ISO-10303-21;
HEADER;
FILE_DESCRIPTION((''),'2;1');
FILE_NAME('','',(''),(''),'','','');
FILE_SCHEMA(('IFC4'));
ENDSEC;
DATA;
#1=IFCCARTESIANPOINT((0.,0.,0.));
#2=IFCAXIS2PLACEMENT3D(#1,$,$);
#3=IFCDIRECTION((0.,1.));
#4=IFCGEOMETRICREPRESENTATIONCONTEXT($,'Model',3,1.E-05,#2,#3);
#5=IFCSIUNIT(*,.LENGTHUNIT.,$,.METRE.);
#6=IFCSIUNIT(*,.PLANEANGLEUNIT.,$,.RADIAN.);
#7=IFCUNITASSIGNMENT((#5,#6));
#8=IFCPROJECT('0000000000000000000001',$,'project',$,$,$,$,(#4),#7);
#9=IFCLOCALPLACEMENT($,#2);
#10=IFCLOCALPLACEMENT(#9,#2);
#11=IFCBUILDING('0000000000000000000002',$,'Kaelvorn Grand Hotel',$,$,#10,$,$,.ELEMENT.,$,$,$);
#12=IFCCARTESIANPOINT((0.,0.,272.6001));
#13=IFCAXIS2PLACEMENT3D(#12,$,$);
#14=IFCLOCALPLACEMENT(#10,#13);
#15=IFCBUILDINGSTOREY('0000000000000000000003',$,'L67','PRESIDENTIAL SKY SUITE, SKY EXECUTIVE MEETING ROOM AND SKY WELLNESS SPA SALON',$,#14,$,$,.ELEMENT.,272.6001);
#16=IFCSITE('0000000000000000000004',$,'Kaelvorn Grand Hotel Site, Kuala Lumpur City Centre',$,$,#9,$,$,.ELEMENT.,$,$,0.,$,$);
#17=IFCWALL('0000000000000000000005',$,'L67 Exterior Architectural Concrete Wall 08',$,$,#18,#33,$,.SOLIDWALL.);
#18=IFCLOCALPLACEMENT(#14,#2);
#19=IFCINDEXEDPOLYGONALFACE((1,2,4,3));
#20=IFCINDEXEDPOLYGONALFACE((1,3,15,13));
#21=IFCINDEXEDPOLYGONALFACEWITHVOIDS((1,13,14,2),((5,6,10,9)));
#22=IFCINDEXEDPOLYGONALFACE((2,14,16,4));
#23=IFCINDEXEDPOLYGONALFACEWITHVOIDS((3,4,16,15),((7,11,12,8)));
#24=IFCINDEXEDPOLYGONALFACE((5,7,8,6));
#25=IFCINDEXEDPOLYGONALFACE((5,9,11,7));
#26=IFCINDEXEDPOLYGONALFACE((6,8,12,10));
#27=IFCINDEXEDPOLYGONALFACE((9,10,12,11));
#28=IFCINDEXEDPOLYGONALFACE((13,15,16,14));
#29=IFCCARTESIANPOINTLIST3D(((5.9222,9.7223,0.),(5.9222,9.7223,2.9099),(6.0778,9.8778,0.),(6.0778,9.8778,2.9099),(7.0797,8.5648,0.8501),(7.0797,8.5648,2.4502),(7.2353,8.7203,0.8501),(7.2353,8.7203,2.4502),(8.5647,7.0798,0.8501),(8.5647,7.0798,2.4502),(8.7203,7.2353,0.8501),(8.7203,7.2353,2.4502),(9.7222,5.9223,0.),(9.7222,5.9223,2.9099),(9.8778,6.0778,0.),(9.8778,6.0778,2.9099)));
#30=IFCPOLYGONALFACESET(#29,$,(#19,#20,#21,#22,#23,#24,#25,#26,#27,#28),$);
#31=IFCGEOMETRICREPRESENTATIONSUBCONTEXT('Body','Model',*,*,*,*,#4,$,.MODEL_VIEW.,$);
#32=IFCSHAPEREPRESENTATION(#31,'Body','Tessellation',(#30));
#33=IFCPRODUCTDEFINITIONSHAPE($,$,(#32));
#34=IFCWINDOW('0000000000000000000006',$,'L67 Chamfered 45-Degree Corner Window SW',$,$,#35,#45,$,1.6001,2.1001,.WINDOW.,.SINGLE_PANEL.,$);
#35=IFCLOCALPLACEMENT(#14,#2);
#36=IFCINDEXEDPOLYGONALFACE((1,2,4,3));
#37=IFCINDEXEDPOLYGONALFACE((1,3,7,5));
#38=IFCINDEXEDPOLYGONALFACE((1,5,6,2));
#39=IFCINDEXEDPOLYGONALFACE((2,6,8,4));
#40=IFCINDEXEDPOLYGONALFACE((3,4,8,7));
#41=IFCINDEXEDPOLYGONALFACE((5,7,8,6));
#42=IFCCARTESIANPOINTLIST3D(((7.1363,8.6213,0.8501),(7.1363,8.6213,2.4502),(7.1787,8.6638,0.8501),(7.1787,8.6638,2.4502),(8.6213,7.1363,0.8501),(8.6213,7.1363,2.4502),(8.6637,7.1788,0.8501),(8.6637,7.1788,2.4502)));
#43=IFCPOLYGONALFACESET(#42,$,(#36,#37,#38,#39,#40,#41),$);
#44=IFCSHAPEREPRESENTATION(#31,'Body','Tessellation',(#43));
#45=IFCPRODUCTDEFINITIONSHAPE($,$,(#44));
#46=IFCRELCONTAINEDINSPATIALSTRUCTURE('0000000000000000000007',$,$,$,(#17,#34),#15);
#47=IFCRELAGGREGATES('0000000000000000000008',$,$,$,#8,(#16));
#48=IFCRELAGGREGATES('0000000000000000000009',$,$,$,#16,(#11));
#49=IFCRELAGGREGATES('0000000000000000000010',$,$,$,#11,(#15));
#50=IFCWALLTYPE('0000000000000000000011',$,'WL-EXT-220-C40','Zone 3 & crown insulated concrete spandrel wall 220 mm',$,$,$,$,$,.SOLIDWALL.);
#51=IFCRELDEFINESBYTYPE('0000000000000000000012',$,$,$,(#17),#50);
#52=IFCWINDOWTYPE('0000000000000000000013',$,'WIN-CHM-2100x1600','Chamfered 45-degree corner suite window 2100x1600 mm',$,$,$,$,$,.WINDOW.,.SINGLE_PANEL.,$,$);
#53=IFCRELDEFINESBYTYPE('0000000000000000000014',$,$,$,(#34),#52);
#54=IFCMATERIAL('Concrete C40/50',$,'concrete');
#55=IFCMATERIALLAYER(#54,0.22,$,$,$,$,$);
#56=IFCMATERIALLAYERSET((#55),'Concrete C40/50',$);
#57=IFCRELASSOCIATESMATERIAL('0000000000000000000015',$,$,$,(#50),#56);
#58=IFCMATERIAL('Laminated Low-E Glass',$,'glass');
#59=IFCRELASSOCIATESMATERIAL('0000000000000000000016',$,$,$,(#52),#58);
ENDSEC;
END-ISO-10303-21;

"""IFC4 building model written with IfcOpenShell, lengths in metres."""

from ifc_helpers import new_model, si_unit, direction, frame, frame_2d, origin, place, context, subcontext, project, spatial, rectangle, extrude, material, layer, layer_set, type_object, element, fill, save


model = new_model("IFC4")

# Units and contexts
model_context = context("Model", 3, precision=1e-05, world=origin(), true_north=direction((0.0, 1.0)))
body_context = subcontext(model_context, "Body", "Model", "MODEL_VIEW")
ifc_project = project(units=[si_unit("LENGTHUNIT", "METRE"), si_unit("PLANEANGLEUNIT", "RADIAN")], contexts=[model_context])

# Site, building, storey
site_placement = place(None, origin())
site = spatial("IfcSite", under=ifc_project, at=site_placement, Name="Kaelvorn Grand Hotel Site, Kuala Lumpur City Centre", CompositionType="ELEMENT", RefElevation=0.0)
building_placement = place(site_placement, origin())
building = spatial("IfcBuilding", under=site, at=building_placement, Name="Kaelvorn Grand Hotel", CompositionType="ELEMENT")
storey_placement = place(building_placement, frame((0.0, 0.0, 272.6001)))
storey = spatial("IfcBuildingStorey", under=building, at=storey_placement, Name="L67", Description="PRESIDENTIAL SKY SUITE, SKY EXECUTIVE MEETING ROOM AND SKY WELLNESS SPA SALON", CompositionType="ELEMENT", Elevation=272.6001)

# Shared definitions
ifc_material_1 = material(Name="Concrete C40/50", Category="concrete")
ifc_layer = layer(ifc_material_1, 0.22)
ifc_layer_set = layer_set([ifc_layer], Name="Concrete C40/50")
wall_type = type_object("IfcWallType", Name="WL-EXT-220-C40", Description="Zone 3 & crown insulated concrete spandrel wall 220 mm", PredefinedType="SOLIDWALL", material=ifc_layer_set)
ifc_material_2 = material(Name="Laminated Low-E Glass", Category="glass")

# Wall, opening, window
wall_1_placement = place(storey_placement, frame((6.0, 9.8, 0.0), z_axis=(0.0, 0.0, 1.0), x_axis=(0.707107, -0.707107, 0.0)))
wall_1 = element("IfcWall", 1, at=wall_1_placement, inside=storey, type_object=wall_type, Name="L67 Exterior Architectural Concrete Wall 08", PredefinedType="SOLIDWALL", context=body_context, shape_type="SweptSolid", body=[
    extrude(rectangle(XDim=5.374, YDim=0.22, at=frame_2d((2.687, 0.0))), origin(), (0.0, 0.0, 1.0), 2.9099),
])
opening_1_placement = place(wall_1_placement, frame((1.637, 0.0, 0.8501)))
opening_1 = element("IfcOpeningElement", 2, at=opening_1_placement, cuts=wall_1, PredefinedType="OPENING", context=body_context, shape_type="SweptSolid", body=[
    extrude(rectangle(XDim=2.1001, YDim=1.6001, at=frame_2d((1.05, 0.8))), frame((0.0, 0.1201, 0.0), z_axis=(0.0, -1.0, 0.0), x_axis=(1.0, 0.0, 0.0)), (0.0, 0.0, 1.0), 0.24),
])
window_type_1 = type_object("IfcWindowType", Name="WIN-CHM-2100x1600", Description="Chamfered 45-degree corner suite window 2100x1600 mm", PartitioningType="SINGLE_PANEL", PredefinedType="WINDOW", material=ifc_material_2)
window_1_placement = place(opening_1_placement, origin())
window_1 = element("IfcWindow", 3, at=window_1_placement, inside=storey, type_object=window_type_1, Name="L67 Chamfered 45-Degree Corner Window SW", OverallHeight=1.6001, OverallWidth=2.1001, PartitioningType="SINGLE_PANEL", PredefinedType="WINDOW", context=body_context, shape_type="SweptSolid", body=[
    extrude(rectangle(XDim=2.1001, YDim=1.6001, at=frame_2d((1.05, 0.8))), frame((0.0, 0.03, 0.0), z_axis=(0.0, -1.0, 0.0), x_axis=(1.0, 0.0, 0.0)), (0.0, 0.0, 1.0), 0.0601),
])
fill(opening_1, window_1)

save(model, "model.ifc")
